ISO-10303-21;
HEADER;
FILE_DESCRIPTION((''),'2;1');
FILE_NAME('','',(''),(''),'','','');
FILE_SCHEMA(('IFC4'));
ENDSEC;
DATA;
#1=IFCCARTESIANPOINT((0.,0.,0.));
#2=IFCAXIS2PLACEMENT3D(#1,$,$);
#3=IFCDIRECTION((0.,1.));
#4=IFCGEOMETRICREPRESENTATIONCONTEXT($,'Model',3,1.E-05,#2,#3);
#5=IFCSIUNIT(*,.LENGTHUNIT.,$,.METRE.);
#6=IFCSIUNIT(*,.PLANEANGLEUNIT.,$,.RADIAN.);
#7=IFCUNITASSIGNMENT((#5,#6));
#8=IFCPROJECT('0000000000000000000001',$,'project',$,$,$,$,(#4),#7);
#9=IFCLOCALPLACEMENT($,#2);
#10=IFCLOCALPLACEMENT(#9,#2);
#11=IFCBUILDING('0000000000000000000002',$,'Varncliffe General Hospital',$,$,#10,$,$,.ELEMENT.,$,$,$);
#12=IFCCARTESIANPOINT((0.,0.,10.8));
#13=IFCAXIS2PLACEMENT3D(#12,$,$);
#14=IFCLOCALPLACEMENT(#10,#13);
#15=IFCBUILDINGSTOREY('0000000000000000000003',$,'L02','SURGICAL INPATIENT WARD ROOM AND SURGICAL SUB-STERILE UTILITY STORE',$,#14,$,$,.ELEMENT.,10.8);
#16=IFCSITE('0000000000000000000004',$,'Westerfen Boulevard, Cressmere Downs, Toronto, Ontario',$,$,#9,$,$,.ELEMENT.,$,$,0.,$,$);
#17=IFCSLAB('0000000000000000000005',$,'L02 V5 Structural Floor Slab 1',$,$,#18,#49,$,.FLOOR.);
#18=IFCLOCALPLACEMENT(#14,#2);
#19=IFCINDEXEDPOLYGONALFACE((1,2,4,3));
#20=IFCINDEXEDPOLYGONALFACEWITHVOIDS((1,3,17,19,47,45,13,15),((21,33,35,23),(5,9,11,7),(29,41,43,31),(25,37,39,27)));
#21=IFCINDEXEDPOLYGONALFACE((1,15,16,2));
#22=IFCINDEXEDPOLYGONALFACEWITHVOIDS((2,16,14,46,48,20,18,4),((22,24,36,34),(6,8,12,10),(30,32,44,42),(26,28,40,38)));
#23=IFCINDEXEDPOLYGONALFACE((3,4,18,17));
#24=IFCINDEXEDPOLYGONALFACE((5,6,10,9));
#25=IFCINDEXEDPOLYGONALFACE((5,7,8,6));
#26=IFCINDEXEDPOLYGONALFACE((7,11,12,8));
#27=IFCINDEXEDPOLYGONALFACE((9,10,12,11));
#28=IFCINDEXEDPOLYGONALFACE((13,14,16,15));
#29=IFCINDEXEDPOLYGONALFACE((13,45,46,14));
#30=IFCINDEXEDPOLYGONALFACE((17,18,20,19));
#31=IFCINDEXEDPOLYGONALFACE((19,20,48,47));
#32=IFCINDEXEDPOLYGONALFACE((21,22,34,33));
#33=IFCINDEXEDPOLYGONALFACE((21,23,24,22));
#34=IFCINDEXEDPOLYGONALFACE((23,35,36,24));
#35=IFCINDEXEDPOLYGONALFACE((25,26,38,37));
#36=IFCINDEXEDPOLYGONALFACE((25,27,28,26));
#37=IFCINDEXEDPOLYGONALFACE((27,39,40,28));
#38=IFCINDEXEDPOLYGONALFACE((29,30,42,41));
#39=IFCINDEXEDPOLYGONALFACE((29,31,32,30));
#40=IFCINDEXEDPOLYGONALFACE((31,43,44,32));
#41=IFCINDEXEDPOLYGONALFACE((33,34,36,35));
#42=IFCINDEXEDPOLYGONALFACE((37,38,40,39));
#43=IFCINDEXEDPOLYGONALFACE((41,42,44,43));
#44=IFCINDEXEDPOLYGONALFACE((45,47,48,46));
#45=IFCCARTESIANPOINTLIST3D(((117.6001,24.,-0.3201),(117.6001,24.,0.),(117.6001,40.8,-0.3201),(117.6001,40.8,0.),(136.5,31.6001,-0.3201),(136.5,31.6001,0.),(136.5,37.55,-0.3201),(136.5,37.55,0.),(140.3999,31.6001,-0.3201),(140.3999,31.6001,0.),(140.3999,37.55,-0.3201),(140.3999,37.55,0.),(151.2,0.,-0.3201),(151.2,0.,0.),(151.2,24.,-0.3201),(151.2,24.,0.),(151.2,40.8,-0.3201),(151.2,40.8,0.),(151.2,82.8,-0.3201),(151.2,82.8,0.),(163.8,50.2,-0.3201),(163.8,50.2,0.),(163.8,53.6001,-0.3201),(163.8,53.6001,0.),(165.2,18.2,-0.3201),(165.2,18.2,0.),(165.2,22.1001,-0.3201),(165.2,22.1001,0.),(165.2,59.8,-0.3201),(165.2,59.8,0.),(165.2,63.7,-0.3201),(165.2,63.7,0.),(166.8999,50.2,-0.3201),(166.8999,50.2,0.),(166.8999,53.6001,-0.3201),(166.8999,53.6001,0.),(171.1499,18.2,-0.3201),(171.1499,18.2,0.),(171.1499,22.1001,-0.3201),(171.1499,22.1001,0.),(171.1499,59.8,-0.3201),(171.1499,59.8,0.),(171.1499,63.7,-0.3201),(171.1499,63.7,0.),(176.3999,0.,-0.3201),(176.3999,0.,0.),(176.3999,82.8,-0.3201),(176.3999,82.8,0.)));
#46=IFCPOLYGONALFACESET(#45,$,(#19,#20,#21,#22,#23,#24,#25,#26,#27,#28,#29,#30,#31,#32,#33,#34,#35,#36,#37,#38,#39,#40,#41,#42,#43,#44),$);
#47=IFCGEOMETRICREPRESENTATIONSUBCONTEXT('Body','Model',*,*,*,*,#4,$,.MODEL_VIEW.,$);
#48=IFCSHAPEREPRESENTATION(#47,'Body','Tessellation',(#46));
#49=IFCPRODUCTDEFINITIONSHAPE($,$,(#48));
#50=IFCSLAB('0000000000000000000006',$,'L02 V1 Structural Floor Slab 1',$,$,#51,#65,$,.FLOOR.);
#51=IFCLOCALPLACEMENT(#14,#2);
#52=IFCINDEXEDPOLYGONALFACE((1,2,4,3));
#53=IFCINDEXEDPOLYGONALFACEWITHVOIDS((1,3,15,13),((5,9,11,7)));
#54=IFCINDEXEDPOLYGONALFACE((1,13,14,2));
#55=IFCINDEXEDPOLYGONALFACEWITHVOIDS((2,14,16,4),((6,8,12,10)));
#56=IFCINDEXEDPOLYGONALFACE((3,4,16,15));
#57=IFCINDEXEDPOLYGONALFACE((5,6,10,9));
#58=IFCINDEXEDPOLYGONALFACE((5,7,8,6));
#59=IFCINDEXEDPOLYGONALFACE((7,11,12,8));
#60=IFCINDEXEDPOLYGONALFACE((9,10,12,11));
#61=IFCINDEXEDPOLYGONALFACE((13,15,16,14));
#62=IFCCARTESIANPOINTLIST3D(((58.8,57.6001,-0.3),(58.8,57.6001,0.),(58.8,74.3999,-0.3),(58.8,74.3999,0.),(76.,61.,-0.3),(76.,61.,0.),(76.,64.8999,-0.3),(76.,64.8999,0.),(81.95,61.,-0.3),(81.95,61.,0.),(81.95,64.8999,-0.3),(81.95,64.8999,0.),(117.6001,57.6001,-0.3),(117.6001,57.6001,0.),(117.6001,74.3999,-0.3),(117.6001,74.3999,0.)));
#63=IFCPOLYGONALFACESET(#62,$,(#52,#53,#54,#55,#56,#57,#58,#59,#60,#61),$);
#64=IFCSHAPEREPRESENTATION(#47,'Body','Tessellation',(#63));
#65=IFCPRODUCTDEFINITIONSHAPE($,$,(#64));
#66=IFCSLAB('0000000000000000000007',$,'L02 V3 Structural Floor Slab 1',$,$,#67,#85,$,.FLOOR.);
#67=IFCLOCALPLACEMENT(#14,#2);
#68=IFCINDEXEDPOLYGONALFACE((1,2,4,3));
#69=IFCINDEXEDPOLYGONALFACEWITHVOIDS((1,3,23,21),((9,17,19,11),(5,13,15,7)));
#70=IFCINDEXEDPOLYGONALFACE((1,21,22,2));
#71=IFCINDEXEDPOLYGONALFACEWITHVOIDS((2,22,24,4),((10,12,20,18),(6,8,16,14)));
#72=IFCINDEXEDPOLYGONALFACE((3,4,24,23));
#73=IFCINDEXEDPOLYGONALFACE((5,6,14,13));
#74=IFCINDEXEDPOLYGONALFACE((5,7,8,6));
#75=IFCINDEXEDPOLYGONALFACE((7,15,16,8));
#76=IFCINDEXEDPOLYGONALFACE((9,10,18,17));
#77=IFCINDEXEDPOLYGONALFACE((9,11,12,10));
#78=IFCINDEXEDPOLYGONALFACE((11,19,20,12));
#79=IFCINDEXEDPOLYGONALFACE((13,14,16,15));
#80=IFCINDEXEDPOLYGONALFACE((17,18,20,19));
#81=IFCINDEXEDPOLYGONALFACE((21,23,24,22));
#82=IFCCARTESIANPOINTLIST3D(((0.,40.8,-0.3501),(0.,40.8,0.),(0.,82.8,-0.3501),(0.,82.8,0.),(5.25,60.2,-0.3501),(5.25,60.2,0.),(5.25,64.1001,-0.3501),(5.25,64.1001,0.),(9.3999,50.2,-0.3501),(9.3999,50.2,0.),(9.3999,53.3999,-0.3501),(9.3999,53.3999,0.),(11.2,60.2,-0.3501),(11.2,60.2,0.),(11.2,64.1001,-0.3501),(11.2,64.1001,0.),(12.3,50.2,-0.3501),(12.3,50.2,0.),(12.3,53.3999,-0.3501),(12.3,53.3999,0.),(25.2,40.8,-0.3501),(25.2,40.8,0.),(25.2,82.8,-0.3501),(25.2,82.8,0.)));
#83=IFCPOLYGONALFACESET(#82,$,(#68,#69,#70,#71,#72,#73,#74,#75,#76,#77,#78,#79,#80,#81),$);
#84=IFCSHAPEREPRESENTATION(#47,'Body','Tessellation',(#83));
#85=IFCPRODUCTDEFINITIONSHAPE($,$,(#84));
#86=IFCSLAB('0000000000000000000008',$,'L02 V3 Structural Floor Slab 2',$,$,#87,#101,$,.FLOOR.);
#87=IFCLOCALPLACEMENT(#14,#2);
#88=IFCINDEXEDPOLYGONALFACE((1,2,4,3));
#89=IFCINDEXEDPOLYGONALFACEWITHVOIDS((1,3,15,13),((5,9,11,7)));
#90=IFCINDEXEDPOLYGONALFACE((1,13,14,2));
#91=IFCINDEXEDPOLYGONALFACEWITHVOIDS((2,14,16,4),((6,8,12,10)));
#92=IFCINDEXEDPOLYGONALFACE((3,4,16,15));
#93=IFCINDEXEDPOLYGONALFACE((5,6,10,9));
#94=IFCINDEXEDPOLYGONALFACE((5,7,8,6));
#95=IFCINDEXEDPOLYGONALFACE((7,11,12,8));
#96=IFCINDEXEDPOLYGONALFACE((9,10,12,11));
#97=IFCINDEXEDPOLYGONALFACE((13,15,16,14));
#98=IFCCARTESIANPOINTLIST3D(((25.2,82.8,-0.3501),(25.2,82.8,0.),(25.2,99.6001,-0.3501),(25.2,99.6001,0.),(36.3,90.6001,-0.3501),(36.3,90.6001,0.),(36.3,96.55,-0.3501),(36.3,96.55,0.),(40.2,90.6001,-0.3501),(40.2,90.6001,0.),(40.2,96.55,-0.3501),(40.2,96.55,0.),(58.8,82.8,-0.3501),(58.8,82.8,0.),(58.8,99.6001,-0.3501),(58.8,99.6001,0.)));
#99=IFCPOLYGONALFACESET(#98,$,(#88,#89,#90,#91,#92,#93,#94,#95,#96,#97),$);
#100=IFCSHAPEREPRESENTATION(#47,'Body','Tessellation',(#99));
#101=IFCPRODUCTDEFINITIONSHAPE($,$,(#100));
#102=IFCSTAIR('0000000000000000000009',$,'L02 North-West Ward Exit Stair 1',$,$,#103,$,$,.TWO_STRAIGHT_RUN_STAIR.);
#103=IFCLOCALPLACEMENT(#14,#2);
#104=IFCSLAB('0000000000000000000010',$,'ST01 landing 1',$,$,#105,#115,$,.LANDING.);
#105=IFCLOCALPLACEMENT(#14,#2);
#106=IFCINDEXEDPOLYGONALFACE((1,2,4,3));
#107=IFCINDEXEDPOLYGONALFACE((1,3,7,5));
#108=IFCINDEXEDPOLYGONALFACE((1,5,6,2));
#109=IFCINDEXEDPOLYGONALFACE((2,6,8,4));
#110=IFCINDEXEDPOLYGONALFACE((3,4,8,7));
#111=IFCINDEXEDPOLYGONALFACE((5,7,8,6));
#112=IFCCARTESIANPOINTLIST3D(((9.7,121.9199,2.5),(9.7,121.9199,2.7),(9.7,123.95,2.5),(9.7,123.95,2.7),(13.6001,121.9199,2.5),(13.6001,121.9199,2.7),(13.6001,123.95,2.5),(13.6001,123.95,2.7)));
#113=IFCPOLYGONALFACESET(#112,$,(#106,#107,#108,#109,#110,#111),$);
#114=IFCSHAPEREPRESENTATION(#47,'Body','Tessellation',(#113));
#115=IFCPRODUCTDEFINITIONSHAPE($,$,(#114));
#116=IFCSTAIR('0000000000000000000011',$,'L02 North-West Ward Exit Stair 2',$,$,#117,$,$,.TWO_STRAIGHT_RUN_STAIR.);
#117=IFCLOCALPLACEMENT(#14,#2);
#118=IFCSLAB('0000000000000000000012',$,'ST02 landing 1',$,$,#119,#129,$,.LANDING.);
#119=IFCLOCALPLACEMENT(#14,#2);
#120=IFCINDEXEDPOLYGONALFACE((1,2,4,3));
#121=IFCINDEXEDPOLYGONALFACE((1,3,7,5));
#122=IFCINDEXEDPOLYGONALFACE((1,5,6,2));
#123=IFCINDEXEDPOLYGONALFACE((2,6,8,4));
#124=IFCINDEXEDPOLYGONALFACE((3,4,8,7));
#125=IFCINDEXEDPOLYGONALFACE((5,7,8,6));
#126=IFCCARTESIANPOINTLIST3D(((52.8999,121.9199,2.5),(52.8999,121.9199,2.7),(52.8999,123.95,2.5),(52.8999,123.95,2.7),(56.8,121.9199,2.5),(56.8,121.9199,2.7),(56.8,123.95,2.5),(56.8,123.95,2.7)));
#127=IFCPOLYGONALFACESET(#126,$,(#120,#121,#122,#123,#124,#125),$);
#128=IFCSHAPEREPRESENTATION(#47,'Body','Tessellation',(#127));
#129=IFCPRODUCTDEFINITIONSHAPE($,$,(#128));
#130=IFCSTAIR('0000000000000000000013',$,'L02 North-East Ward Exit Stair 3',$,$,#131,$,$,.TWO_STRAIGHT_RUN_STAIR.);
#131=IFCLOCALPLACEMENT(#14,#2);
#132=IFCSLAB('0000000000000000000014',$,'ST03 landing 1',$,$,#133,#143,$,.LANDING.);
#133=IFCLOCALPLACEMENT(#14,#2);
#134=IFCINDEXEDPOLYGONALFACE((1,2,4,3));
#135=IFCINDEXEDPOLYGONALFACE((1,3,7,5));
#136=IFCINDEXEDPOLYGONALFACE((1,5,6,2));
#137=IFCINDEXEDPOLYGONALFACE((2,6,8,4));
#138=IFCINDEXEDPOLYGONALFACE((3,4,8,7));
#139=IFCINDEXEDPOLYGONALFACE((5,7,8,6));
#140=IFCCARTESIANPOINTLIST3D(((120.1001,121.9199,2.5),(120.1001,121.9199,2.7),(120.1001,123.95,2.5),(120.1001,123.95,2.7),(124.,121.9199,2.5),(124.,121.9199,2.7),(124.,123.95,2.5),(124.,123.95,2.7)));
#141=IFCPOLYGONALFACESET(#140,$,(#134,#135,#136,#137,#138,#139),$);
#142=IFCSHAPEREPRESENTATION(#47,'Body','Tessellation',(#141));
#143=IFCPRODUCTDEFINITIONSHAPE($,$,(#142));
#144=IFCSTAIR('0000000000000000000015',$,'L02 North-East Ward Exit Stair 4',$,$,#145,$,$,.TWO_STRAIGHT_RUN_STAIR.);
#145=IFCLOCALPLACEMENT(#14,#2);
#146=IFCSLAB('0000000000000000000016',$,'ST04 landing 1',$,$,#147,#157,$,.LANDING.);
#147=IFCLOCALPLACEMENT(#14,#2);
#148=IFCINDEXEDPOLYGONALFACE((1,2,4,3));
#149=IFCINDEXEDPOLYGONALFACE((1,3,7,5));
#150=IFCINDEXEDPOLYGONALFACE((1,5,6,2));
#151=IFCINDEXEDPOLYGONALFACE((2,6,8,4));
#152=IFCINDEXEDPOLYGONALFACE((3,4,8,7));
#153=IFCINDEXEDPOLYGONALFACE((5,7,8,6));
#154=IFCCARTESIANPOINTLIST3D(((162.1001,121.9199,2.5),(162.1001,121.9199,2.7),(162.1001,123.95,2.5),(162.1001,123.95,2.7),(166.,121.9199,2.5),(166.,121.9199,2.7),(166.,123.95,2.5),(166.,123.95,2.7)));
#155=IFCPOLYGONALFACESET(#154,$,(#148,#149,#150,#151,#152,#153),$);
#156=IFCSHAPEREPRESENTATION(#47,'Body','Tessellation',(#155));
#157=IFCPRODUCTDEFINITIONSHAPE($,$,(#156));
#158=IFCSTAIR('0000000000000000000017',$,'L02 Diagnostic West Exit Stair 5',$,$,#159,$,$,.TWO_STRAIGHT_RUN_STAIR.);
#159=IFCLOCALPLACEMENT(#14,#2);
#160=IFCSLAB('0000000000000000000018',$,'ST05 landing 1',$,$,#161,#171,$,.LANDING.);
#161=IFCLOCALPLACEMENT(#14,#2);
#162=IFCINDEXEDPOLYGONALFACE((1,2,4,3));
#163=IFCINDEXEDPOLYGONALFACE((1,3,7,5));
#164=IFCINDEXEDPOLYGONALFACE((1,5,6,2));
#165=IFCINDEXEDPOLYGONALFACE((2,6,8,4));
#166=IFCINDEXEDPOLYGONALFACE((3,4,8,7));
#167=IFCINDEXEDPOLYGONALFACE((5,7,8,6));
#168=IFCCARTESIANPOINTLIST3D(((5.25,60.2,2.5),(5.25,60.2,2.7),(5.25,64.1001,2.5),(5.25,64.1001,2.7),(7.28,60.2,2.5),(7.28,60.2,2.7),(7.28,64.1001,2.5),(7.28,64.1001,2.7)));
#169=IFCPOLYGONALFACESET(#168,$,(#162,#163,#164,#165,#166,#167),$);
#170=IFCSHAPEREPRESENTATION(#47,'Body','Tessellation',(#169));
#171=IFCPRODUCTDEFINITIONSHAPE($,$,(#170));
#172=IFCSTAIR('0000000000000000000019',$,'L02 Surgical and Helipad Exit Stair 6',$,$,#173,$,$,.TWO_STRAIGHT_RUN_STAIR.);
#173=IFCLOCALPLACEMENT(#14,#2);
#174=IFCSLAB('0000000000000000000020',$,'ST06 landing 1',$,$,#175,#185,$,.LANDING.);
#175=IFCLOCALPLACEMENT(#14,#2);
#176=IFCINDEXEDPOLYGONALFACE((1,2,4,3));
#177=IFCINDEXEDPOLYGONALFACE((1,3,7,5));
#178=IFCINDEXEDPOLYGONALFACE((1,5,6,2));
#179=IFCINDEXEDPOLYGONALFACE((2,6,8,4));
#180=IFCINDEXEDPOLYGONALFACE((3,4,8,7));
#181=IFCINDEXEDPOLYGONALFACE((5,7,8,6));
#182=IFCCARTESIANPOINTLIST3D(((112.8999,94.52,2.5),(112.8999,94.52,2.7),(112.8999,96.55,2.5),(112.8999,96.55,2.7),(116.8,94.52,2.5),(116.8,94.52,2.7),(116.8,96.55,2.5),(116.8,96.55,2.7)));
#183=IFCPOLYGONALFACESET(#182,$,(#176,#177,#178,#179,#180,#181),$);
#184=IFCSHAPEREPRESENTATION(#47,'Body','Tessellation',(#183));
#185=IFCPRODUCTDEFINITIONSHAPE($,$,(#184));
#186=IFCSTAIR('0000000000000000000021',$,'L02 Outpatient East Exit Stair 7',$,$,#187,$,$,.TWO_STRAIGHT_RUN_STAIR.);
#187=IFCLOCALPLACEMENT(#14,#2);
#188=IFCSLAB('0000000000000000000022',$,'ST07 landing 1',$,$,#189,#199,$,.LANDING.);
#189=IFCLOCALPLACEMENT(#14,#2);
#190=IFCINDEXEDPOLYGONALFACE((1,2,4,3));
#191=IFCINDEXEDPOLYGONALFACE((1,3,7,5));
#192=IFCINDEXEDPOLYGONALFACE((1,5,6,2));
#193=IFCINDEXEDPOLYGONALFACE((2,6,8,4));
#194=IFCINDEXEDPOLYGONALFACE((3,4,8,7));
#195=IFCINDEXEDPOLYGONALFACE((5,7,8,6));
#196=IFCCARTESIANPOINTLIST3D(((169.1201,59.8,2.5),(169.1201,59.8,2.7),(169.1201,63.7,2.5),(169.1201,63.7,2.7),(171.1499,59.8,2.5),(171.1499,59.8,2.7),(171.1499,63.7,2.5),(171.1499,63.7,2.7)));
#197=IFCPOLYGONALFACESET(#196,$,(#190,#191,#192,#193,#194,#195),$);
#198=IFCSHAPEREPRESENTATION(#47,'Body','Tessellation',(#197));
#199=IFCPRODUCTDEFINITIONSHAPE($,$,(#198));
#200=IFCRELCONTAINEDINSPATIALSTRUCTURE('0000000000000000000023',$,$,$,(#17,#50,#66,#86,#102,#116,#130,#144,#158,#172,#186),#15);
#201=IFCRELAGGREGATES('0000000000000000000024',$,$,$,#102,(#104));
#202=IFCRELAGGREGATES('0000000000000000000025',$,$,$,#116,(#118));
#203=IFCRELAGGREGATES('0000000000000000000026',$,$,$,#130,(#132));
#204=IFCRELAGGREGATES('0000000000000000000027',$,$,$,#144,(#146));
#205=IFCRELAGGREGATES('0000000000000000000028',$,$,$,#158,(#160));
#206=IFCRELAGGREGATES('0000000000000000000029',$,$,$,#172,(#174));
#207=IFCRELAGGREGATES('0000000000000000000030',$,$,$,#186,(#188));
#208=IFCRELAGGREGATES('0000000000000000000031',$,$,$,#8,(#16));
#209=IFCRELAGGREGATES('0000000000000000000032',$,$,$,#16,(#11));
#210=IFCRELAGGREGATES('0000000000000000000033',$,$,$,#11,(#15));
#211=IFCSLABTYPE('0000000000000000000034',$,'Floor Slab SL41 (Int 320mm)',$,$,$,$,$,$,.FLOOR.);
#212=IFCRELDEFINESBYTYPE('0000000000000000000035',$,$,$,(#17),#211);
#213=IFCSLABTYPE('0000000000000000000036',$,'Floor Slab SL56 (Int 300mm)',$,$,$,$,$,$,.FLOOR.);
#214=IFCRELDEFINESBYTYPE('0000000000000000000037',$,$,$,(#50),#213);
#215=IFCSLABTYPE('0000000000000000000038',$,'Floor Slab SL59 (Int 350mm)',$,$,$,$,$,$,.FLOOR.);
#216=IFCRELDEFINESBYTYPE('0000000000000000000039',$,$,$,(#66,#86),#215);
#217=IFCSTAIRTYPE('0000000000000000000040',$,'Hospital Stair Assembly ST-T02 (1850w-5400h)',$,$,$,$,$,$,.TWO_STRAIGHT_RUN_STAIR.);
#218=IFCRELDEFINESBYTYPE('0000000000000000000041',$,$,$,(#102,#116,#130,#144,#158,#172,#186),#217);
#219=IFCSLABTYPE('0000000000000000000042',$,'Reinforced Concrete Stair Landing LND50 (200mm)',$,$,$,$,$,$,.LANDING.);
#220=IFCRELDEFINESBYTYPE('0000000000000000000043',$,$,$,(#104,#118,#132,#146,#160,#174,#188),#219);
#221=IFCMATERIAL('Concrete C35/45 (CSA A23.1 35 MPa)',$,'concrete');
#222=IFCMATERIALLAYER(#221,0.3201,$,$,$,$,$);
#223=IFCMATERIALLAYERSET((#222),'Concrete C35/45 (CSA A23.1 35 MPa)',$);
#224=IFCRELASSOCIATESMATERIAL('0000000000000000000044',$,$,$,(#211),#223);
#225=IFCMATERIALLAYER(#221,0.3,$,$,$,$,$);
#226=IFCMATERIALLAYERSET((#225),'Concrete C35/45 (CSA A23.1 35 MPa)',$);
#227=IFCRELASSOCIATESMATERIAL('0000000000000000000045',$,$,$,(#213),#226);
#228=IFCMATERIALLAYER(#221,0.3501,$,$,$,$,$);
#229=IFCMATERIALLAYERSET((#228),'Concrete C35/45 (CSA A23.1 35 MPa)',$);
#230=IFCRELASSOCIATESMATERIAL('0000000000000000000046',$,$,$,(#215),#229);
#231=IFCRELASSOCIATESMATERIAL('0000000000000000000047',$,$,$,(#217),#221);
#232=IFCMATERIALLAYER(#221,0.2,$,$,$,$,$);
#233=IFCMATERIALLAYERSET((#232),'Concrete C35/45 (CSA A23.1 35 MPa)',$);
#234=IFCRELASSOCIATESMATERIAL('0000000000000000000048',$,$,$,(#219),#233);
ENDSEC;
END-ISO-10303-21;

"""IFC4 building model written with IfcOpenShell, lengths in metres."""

from ifc_helpers import new_model, si_unit, direction, frame, origin, place, context, subcontext, project, spatial, polyline, outline, extrude, material, layer, layer_set, type_object, element, aggregate, save


model = new_model("IFC4")

# Units and contexts
model_context = context("Model", 3, precision=1e-05, world=origin(), true_north=direction((0.0, 1.0)))
body_context = subcontext(model_context, "Body", "Model", "MODEL_VIEW")
ifc_project = project(units=[si_unit("LENGTHUNIT", "METRE"), si_unit("PLANEANGLEUNIT", "RADIAN")], contexts=[model_context])

# Site, building, storey
site_placement = place(None, origin())
site = spatial("IfcSite", under=ifc_project, at=site_placement, Name="Westerfen Boulevard, Cressmere Downs, Toronto, Ontario", CompositionType="ELEMENT", RefElevation=0.0)
building_placement = place(site_placement, origin())
building = spatial("IfcBuilding", under=site, at=building_placement, Name="Varncliffe General Hospital", CompositionType="ELEMENT")
storey_placement = place(building_placement, frame((0.0, 0.0, 10.8)))
storey = spatial("IfcBuildingStorey", under=building, at=storey_placement, Name="L02", Description="SURGICAL INPATIENT WARD ROOM AND SURGICAL SUB-STERILE UTILITY STORE", CompositionType="ELEMENT", Elevation=10.8)

# Slabs
ifc_material_1 = material(Name="Concrete C35/45 (CSA A23.1 35 MPa)", Category="concrete")
ifc_layer_1 = layer(ifc_material_1, 0.3201)
ifc_layer_set_1 = layer_set([ifc_layer_1], Name="Concrete C35/45 (CSA A23.1 35 MPa)")
slab_type_1 = type_object("IfcSlabType", Name="Floor Slab SL41 (Int 320mm)", PredefinedType="FLOOR", material=ifc_layer_set_1)
slab_1_placement = place(storey_placement, frame((0.0, 0.0, -0.3201)))
element("IfcSlab", 1, at=slab_1_placement, inside=storey, type_object=slab_type_1, Name="L02 V5 Structural Floor Slab 1", PredefinedType="FLOOR", context=body_context, shape_type="SweptSolid", body=[
    extrude(outline(polyline([(117.6001, 24.0), (117.6001, 40.8), (151.2, 40.8), (151.2, 82.8), (176.3999, 82.8), (176.3999, 0.0), (151.2, 0.0), (151.2, 24.0), (117.6001, 24.0)]), holes=[polyline([(165.2, 59.8), (171.1499, 59.8), (171.1499, 63.7), (165.2, 63.7), (165.2, 59.8)]), polyline([(165.2, 18.2), (171.1499, 18.2), (171.1499, 22.1001), (165.2, 22.1001), (165.2, 18.2)]), polyline([(140.3999, 31.6001), (140.3999, 37.55), (136.5, 37.55), (136.5, 31.6001), (140.3999, 31.6001)]), polyline([(163.8, 50.2), (166.8999, 50.2), (166.8999, 53.6001), (163.8, 53.6001), (163.8, 50.2)])]), origin(), (0.0, 0.0, 1.0), 0.3201),
])
ifc_layer_2 = layer(ifc_material_1, 0.3)
ifc_layer_set_2 = layer_set([ifc_layer_2], Name="Concrete C35/45 (CSA A23.1 35 MPa)")
slab_type_2 = type_object("IfcSlabType", Name="Floor Slab SL56 (Int 300mm)", PredefinedType="FLOOR", material=ifc_layer_set_2)
slab_2_placement = place(storey_placement, frame((0.0, 0.0, -0.3)))
element("IfcSlab", 2, at=slab_2_placement, inside=storey, type_object=slab_type_2, Name="L02 V1 Structural Floor Slab 1", PredefinedType="FLOOR", context=body_context, shape_type="SweptSolid", body=[
    extrude(outline(polyline([(117.6001, 57.6001), (117.6001, 74.3999), (58.8, 74.3999), (58.8, 57.6001), (117.6001, 57.6001)]), holes=[polyline([(81.95, 64.8999), (76.0, 64.8999), (76.0, 61.0), (81.95, 61.0), (81.95, 64.8999)])]), origin(), (0.0, 0.0, 1.0), 0.3),
])
ifc_layer_3 = layer(ifc_material_1, 0.3501)
ifc_layer_set_3 = layer_set([ifc_layer_3], Name="Concrete C35/45 (CSA A23.1 35 MPa)")
slab_type_3 = type_object("IfcSlabType", Name="Floor Slab SL59 (Int 350mm)", PredefinedType="FLOOR", material=ifc_layer_set_3)
slab_3_placement = place(storey_placement, frame((0.0, 0.0, -0.3501)))
element("IfcSlab", 3, at=slab_3_placement, inside=storey, type_object=slab_type_3, Name="L02 V3 Structural Floor Slab 1", PredefinedType="FLOOR", context=body_context, shape_type="SweptSolid", body=[
    extrude(outline(polyline([(25.2, 40.8), (0.0, 40.8), (0.0, 82.8), (25.2, 82.8), (25.2, 40.8)]), holes=[polyline([(11.2, 64.1001), (5.25, 64.1001), (5.25, 60.2), (11.2, 60.2), (11.2, 64.1001)]), polyline([(9.3999, 50.2), (12.3, 50.2), (12.3, 53.3999), (9.3999, 53.3999), (9.3999, 50.2)])]), origin(), (0.0, 0.0, 1.0), 0.3501),
])
slab_4_placement = place(storey_placement, frame((0.0, 0.0, -0.3501)))
element("IfcSlab", 4, at=slab_4_placement, inside=storey, type_object=slab_type_3, Name="L02 V3 Structural Floor Slab 2", PredefinedType="FLOOR", context=body_context, shape_type="SweptSolid", body=[
    extrude(outline(polyline([(25.2, 99.6001), (58.8, 99.6001), (58.8, 82.8), (25.2, 82.8), (25.2, 99.6001)]), holes=[polyline([(40.2, 90.6001), (40.2, 96.55), (36.3, 96.55), (36.3, 90.6001), (40.2, 90.6001)])]), origin(), (0.0, 0.0, 1.0), 0.3501),
])

# Stairs, slabs
stair_type = type_object("IfcStairType", Name="Hospital Stair Assembly ST-T02 (1850w-5400h)", PredefinedType="TWO_STRAIGHT_RUN_STAIR", material=ifc_material_1)
stair_1_placement = place(storey_placement, origin())
stair_1 = element("IfcStair", 5, at=stair_1_placement, inside=storey, type_object=stair_type, Name="L02 North-West Ward Exit Stair 1", PredefinedType="TWO_STRAIGHT_RUN_STAIR")
ifc_layer_4 = layer(ifc_material_1, 0.2)
ifc_layer_set_4 = layer_set([ifc_layer_4], Name="Concrete C35/45 (CSA A23.1 35 MPa)")
slab_type_4 = type_object("IfcSlabType", Name="Reinforced Concrete Stair Landing LND50 (200mm)", PredefinedType="LANDING", material=ifc_layer_set_4)
slab_5_placement = place(storey_placement, frame((0.0, 0.0, 2.5)))
slab_5 = element("IfcSlab", 6, at=slab_5_placement, type_object=slab_type_4, Name="ST01 landing 1", PredefinedType="LANDING", context=body_context, shape_type="SweptSolid", body=[
    extrude(outline(polyline([(13.6001, 121.9199), (13.6001, 123.95), (9.7, 123.95), (9.7, 121.9199), (13.6001, 121.9199)])), origin(), (0.0, 0.0, 1.0), 0.2),
])
aggregate(stair_1, [slab_5])
stair_2_placement = place(storey_placement, origin())
stair_2 = element("IfcStair", 7, at=stair_2_placement, inside=storey, type_object=stair_type, Name="L02 North-West Ward Exit Stair 2", PredefinedType="TWO_STRAIGHT_RUN_STAIR")
slab_6_placement = place(storey_placement, frame((0.0, 0.0, 2.5)))
slab_6 = element("IfcSlab", 8, at=slab_6_placement, type_object=slab_type_4, Name="ST02 landing 1", PredefinedType="LANDING", context=body_context, shape_type="SweptSolid", body=[
    extrude(outline(polyline([(56.8, 121.9199), (56.8, 123.95), (52.8999, 123.95), (52.8999, 121.9199), (56.8, 121.9199)])), origin(), (0.0, 0.0, 1.0), 0.2),
])
aggregate(stair_2, [slab_6])
stair_3_placement = place(storey_placement, origin())
stair_3 = element("IfcStair", 9, at=stair_3_placement, inside=storey, type_object=stair_type, Name="L02 North-East Ward Exit Stair 3", PredefinedType="TWO_STRAIGHT_RUN_STAIR")
slab_7_placement = place(storey_placement, frame((0.0, 0.0, 2.5)))
slab_7 = element("IfcSlab", 10, at=slab_7_placement, type_object=slab_type_4, Name="ST03 landing 1", PredefinedType="LANDING", context=body_context, shape_type="SweptSolid", body=[
    extrude(outline(polyline([(124.0, 121.9199), (124.0, 123.95), (120.1001, 123.95), (120.1001, 121.9199), (124.0, 121.9199)])), origin(), (0.0, 0.0, 1.0), 0.2),
])
aggregate(stair_3, [slab_7])
stair_4_placement = place(storey_placement, origin())
stair_4 = element("IfcStair", 11, at=stair_4_placement, inside=storey, type_object=stair_type, Name="L02 North-East Ward Exit Stair 4", PredefinedType="TWO_STRAIGHT_RUN_STAIR")
slab_8_placement = place(storey_placement, frame((0.0, 0.0, 2.5)))
slab_8 = element("IfcSlab", 12, at=slab_8_placement, type_object=slab_type_4, Name="ST04 landing 1", PredefinedType="LANDING", context=body_context, shape_type="SweptSolid", body=[
    extrude(outline(polyline([(166.0, 121.9199), (166.0, 123.95), (162.1001, 123.95), (162.1001, 121.9199), (166.0, 121.9199)])), origin(), (0.0, 0.0, 1.0), 0.2),
])
aggregate(stair_4, [slab_8])
stair_5_placement = place(storey_placement, origin())
stair_5 = element("IfcStair", 13, at=stair_5_placement, inside=storey, type_object=stair_type, Name="L02 Diagnostic West Exit Stair 5", PredefinedType="TWO_STRAIGHT_RUN_STAIR")
slab_9_placement = place(storey_placement, frame((0.0, 0.0, 2.5)))
slab_9 = element("IfcSlab", 14, at=slab_9_placement, type_object=slab_type_4, Name="ST05 landing 1", PredefinedType="LANDING", context=body_context, shape_type="SweptSolid", body=[
    extrude(outline(polyline([(7.28, 64.1001), (5.25, 64.1001), (5.25, 60.2), (7.28, 60.2), (7.28, 64.1001)])), origin(), (0.0, 0.0, 1.0), 0.2),
])
aggregate(stair_5, [slab_9])
stair_6_placement = place(storey_placement, origin())
stair_6 = element("IfcStair", 15, at=stair_6_placement, inside=storey, type_object=stair_type, Name="L02 Surgical and Helipad Exit Stair 6", PredefinedType="TWO_STRAIGHT_RUN_STAIR")
slab_10_placement = place(storey_placement, frame((0.0, 0.0, 2.5)))
slab_10 = element("IfcSlab", 16, at=slab_10_placement, type_object=slab_type_4, Name="ST06 landing 1", PredefinedType="LANDING", context=body_context, shape_type="SweptSolid", body=[
    extrude(outline(polyline([(116.8, 94.52), (116.8, 96.55), (112.8999, 96.55), (112.8999, 94.52), (116.8, 94.52)])), origin(), (0.0, 0.0, 1.0), 0.2),
])
aggregate(stair_6, [slab_10])
stair_7_placement = place(storey_placement, origin())
stair_7 = element("IfcStair", 17, at=stair_7_placement, inside=storey, type_object=stair_type, Name="L02 Outpatient East Exit Stair 7", PredefinedType="TWO_STRAIGHT_RUN_STAIR")
slab_11_placement = place(storey_placement, frame((0.0, 0.0, 2.5)))
slab_11 = element("IfcSlab", 18, at=slab_11_placement, type_object=slab_type_4, Name="ST07 landing 1", PredefinedType="LANDING", context=body_context, shape_type="SweptSolid", body=[
    extrude(outline(polyline([(169.1201, 59.8), (171.1499, 59.8), (171.1499, 63.7), (169.1201, 63.7), (169.1201, 59.8)])), origin(), (0.0, 0.0, 1.0), 0.2),
])
aggregate(stair_7, [slab_11])

save(model, "model.ifc")
